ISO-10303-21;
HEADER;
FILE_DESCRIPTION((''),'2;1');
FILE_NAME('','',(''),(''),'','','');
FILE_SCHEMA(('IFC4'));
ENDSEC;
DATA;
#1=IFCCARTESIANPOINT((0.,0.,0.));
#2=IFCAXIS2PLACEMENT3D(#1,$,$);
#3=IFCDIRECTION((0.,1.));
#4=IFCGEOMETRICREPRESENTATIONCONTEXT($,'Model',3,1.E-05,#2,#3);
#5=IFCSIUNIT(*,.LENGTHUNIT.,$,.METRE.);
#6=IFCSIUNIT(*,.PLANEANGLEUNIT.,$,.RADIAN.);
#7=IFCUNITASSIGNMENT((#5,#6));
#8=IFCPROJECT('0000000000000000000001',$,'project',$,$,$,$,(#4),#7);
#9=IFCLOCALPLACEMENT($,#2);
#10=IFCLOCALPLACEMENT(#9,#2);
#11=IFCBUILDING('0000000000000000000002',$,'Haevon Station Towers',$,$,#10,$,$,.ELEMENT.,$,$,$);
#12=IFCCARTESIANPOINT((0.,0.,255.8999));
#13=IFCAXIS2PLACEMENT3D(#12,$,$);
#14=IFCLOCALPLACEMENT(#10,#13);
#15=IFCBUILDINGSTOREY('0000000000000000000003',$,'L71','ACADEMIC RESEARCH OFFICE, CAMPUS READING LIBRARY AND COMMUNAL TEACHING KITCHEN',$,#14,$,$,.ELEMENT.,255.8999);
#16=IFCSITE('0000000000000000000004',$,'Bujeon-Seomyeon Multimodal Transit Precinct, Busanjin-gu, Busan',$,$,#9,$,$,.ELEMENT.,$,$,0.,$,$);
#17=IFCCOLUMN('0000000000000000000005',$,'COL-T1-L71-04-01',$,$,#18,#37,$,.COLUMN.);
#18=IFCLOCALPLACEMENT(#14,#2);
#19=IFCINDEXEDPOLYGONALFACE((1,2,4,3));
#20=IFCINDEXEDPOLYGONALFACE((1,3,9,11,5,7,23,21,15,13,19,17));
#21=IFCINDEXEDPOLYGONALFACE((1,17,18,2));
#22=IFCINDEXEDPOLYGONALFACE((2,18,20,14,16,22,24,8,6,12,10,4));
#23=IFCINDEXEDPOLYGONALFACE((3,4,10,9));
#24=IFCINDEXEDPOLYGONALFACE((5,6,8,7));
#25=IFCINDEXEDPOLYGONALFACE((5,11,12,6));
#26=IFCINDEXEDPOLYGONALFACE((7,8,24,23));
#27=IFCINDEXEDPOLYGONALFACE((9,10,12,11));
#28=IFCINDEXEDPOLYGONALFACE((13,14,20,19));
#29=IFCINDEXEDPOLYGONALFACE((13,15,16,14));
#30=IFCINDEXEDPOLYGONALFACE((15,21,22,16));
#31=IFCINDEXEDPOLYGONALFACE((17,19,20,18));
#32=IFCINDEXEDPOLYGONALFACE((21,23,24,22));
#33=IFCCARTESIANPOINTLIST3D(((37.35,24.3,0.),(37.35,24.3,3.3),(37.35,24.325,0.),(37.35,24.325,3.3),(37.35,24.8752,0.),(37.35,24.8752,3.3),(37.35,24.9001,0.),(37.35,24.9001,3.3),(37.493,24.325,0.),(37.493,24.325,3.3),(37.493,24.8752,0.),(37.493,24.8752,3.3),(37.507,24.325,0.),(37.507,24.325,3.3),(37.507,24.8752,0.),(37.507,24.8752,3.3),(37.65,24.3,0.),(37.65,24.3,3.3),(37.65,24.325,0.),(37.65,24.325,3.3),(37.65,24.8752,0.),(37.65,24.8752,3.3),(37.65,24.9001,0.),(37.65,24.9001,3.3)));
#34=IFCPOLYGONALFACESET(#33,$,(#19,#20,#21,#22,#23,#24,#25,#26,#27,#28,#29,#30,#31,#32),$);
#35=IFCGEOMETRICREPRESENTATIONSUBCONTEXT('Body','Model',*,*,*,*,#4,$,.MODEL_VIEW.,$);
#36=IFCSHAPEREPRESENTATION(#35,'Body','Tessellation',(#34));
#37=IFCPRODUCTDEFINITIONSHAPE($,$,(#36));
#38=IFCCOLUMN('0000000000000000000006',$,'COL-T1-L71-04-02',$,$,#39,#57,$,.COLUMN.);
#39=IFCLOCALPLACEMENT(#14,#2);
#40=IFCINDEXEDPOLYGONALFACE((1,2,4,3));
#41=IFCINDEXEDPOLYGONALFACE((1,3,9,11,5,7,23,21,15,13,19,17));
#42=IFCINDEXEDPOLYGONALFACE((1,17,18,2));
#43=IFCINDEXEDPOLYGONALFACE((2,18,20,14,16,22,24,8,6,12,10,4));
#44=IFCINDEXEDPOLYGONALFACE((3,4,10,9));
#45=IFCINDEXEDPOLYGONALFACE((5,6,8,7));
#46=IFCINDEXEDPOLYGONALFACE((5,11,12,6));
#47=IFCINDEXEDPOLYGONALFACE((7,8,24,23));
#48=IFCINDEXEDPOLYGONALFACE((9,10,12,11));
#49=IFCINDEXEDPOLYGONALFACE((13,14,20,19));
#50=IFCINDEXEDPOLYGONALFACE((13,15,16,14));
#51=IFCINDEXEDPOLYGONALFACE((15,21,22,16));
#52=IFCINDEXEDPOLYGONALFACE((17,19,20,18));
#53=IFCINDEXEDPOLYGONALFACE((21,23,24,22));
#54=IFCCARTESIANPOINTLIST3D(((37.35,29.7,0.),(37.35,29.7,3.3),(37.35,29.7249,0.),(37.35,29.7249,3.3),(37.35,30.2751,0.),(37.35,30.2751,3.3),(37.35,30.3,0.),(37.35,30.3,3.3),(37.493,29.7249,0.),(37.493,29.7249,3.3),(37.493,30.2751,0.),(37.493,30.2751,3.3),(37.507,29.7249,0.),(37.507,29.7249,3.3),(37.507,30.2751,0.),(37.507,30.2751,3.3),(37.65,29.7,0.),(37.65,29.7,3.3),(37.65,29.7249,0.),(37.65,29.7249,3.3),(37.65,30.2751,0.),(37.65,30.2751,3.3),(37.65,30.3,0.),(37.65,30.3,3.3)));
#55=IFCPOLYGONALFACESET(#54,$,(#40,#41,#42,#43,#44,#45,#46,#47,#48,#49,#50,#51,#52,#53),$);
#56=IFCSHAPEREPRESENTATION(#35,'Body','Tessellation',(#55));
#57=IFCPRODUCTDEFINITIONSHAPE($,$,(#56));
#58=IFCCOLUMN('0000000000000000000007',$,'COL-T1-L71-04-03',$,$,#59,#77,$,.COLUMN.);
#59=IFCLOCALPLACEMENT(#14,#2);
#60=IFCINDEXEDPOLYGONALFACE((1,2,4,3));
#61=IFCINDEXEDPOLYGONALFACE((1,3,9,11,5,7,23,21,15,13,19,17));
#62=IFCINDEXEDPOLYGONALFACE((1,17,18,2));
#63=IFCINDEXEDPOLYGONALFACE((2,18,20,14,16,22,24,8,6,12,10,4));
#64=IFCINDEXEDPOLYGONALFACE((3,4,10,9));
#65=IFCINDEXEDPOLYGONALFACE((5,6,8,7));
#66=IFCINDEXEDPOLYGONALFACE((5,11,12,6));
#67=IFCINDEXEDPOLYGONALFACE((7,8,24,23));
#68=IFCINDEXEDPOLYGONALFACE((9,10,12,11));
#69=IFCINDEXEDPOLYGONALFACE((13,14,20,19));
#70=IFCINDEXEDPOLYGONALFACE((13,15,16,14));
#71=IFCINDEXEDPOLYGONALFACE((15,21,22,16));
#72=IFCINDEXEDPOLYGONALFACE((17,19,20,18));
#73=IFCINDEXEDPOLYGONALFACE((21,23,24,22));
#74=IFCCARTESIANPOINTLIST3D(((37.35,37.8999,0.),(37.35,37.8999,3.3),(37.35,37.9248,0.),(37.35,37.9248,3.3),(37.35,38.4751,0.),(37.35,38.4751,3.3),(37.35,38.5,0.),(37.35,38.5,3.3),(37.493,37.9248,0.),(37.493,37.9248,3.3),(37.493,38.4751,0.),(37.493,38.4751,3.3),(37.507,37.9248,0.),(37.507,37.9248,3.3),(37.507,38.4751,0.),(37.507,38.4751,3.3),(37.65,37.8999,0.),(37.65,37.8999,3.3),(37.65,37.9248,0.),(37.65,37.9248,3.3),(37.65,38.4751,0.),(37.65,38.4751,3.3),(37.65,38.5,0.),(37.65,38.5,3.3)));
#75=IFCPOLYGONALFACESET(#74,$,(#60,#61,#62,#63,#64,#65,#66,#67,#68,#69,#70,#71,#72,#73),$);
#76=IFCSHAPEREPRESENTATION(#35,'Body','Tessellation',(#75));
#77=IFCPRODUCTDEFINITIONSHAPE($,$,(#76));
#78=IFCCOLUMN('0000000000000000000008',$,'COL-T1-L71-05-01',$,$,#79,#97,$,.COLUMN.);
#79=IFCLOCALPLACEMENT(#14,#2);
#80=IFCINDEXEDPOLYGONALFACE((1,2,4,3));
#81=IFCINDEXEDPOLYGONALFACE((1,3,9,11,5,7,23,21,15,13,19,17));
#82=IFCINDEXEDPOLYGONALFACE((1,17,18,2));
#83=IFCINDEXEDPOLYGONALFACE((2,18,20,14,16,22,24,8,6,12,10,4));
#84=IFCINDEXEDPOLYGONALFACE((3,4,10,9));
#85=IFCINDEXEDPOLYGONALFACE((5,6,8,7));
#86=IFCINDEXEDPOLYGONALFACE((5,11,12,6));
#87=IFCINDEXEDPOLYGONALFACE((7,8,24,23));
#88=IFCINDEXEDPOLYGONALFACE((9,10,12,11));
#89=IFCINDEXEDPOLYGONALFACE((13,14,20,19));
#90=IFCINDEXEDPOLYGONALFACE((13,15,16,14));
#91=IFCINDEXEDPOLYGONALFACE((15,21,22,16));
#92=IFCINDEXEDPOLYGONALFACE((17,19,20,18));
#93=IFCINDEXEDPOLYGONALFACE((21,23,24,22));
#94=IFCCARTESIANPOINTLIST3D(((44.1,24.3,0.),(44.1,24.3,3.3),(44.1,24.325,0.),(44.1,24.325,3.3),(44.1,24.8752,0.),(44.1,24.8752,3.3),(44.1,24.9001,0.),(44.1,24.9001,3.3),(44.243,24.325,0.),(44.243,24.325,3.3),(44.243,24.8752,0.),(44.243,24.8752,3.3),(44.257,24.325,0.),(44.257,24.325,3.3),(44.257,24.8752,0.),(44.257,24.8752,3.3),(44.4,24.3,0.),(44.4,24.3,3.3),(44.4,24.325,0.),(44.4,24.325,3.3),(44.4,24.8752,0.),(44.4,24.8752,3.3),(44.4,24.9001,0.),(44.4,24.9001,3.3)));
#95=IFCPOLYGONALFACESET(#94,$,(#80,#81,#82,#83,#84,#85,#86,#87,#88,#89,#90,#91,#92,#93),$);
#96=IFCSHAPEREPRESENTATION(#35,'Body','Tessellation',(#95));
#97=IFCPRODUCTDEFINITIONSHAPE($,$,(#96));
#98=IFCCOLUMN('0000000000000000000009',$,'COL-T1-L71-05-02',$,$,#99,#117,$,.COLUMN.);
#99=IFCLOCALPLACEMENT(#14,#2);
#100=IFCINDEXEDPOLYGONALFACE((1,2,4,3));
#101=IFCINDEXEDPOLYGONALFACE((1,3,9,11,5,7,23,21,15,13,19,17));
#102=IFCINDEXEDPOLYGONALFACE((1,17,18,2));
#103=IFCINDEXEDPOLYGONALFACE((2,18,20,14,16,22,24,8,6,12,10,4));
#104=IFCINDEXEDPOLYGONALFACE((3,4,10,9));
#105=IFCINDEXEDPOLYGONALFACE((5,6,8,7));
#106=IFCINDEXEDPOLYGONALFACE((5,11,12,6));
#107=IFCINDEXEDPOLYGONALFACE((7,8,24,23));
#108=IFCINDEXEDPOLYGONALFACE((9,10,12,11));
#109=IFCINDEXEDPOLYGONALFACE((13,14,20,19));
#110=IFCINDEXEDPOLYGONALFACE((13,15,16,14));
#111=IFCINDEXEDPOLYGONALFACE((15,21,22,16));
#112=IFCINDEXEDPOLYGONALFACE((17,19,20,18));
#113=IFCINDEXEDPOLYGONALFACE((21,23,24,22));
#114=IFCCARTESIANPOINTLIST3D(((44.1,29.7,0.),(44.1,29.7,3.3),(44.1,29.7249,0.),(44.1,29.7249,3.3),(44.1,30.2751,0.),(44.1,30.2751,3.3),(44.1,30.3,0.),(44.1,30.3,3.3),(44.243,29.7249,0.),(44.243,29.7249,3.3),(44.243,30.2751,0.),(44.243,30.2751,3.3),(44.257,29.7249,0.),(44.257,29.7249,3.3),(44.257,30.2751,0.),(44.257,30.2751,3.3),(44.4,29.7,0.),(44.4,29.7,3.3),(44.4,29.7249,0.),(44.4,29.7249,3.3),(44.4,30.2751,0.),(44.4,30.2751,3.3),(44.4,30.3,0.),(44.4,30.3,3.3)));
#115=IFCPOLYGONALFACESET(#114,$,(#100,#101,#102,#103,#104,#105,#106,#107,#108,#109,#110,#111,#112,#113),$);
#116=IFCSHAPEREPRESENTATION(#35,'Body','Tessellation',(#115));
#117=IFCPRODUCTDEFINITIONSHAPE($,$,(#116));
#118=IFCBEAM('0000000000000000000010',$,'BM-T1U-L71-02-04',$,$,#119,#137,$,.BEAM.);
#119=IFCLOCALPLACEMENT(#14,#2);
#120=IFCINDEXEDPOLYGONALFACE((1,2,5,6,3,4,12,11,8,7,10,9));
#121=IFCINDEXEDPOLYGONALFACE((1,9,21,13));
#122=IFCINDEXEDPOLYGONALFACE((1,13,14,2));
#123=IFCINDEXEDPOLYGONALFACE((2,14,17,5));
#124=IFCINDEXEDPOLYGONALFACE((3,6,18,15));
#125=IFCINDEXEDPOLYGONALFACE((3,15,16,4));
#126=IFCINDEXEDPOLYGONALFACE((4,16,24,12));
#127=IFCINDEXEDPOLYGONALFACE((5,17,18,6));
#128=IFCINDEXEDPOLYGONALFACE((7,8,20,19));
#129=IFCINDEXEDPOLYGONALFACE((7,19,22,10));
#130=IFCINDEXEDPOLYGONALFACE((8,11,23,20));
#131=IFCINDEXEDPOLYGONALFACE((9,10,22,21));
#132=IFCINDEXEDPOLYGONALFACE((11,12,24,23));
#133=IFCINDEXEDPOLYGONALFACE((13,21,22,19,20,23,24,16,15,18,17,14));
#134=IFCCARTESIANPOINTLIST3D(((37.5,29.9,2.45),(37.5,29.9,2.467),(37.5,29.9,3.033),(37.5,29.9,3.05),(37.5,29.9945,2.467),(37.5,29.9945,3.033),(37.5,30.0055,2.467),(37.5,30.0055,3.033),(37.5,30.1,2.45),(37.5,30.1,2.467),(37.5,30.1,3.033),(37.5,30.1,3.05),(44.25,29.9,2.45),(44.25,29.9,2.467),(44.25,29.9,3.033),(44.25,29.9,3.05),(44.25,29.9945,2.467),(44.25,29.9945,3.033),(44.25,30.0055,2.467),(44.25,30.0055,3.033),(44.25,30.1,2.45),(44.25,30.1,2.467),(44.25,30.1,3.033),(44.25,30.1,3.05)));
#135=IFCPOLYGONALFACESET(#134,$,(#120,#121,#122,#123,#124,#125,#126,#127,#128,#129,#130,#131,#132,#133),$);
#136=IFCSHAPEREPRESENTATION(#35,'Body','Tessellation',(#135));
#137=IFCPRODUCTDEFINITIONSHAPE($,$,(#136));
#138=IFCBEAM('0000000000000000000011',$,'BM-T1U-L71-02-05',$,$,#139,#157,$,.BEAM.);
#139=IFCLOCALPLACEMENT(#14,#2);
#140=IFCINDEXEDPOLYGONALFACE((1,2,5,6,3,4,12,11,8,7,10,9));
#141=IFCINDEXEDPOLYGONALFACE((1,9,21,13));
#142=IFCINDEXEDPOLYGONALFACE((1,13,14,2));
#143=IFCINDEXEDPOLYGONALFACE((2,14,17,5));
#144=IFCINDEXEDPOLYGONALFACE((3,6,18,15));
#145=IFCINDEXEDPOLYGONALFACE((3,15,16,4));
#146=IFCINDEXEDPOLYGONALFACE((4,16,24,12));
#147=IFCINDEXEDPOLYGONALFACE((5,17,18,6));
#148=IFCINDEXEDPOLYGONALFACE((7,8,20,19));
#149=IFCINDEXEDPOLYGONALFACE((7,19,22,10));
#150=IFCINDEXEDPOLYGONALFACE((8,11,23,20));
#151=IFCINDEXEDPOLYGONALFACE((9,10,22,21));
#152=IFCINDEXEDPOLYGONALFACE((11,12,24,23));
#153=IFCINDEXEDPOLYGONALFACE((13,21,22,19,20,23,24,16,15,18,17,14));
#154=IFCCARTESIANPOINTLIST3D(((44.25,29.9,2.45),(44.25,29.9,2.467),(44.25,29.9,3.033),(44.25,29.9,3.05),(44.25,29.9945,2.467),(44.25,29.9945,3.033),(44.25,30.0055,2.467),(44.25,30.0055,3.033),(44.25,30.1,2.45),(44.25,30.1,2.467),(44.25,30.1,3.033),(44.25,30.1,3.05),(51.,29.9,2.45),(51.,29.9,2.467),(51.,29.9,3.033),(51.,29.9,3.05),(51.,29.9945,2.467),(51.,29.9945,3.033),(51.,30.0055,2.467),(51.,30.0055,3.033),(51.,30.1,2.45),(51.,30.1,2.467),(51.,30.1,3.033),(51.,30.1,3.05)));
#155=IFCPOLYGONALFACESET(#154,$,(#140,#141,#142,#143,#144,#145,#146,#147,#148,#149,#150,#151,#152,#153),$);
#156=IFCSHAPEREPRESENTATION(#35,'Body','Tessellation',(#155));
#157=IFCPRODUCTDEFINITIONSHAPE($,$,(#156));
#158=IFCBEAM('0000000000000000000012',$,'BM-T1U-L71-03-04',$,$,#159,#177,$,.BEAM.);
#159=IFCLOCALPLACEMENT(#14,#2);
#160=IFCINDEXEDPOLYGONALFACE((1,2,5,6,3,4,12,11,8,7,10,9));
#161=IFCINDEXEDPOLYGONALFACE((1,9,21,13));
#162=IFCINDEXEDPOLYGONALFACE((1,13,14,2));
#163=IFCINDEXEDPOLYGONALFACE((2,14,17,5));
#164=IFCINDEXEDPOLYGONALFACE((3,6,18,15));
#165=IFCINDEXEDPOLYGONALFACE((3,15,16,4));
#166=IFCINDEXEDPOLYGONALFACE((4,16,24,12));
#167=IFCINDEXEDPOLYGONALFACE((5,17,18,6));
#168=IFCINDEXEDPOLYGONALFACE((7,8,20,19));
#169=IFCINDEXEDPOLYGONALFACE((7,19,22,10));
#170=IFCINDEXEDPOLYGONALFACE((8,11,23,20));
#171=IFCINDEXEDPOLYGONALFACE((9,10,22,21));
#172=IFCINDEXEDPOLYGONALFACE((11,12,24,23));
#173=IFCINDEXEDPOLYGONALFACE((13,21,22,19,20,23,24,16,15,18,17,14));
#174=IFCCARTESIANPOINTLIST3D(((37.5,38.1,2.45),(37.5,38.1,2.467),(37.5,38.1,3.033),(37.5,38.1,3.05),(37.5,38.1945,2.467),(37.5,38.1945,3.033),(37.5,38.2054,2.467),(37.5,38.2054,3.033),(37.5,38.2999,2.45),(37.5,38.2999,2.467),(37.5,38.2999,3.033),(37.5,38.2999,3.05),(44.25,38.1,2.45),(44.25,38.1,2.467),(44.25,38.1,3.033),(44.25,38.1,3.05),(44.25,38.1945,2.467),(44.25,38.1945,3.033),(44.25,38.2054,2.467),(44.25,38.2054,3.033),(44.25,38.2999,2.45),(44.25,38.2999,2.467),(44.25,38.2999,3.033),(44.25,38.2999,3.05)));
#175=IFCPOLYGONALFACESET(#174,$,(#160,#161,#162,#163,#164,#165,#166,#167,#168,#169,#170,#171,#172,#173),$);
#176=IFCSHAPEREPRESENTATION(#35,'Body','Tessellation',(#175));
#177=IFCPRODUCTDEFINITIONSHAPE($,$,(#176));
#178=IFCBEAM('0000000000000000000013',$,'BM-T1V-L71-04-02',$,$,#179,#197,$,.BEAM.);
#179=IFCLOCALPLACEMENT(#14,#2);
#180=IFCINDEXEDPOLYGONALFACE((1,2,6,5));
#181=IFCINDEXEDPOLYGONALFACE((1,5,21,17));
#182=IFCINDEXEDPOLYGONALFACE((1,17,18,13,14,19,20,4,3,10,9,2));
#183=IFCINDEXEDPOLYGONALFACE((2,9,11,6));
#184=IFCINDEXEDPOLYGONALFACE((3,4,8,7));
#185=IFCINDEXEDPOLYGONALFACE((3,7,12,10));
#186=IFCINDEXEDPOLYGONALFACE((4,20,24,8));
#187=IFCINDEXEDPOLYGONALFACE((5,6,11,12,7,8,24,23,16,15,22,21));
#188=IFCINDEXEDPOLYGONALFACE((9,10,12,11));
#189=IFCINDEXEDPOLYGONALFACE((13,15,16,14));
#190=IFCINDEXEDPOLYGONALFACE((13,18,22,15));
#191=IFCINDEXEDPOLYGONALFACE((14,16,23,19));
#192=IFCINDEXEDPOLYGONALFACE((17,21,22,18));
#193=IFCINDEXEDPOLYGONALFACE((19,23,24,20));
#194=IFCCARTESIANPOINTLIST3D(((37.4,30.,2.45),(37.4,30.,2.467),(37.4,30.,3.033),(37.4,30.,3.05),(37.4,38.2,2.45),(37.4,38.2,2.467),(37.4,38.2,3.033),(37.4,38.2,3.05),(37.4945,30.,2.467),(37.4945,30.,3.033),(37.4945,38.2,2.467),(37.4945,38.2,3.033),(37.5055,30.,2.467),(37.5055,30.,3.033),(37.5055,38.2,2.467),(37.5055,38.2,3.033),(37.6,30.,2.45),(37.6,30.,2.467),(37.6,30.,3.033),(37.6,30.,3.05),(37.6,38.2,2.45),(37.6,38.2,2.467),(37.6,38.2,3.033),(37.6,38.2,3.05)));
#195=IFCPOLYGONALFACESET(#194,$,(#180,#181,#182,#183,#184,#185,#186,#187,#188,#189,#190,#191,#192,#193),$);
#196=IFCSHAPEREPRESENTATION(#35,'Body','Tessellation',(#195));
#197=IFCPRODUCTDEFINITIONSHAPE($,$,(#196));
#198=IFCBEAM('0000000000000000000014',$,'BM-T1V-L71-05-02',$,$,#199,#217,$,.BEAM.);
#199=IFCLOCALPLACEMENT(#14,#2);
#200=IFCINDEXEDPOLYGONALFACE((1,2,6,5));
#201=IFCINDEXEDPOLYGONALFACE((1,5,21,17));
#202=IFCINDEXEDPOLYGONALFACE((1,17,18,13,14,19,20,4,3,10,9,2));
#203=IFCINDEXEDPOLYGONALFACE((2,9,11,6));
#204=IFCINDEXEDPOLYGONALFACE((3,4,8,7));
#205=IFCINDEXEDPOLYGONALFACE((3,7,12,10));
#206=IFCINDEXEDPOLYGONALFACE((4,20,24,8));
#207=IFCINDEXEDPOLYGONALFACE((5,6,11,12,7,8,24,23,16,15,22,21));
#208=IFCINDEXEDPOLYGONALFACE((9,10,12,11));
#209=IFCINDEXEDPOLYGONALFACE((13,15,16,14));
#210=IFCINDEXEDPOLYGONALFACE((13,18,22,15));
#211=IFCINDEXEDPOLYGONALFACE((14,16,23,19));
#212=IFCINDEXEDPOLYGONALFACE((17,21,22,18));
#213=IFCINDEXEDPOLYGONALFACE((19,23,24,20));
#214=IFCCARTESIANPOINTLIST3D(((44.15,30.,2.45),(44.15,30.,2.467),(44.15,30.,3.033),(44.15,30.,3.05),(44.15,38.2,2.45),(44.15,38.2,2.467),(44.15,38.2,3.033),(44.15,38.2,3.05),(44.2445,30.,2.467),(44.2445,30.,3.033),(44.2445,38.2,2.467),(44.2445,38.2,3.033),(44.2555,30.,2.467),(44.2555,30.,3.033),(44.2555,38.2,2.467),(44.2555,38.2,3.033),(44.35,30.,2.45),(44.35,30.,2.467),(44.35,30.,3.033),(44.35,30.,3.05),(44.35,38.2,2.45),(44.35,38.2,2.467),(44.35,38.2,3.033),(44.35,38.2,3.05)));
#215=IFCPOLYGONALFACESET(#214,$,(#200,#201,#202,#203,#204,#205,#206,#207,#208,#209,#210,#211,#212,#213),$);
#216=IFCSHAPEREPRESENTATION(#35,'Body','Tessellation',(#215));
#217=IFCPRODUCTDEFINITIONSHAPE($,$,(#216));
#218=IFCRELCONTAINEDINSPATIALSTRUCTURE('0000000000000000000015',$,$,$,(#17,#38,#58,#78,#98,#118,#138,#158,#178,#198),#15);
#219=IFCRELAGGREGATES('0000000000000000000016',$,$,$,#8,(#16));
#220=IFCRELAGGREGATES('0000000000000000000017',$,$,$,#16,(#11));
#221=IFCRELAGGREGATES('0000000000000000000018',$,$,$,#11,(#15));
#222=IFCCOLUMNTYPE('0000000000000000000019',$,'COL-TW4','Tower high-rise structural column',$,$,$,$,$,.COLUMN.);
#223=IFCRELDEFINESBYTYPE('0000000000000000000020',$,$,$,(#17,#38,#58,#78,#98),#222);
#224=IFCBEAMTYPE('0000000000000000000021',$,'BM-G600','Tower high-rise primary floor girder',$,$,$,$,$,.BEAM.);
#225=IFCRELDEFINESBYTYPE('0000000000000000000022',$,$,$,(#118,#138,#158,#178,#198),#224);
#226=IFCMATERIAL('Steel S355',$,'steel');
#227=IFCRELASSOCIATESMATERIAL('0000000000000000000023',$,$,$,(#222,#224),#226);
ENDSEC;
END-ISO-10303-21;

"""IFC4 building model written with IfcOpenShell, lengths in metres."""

from ifc_helpers import new_model, si_unit, direction, frame, origin, origin_2d, place, context, subcontext, project, spatial, i_section, extrude, material, material_profile, profile_set, type_object, element, save


model = new_model("IFC4")

# Units and contexts
model_context = context("Model", 3, precision=1e-05, world=origin(), true_north=direction((0.0, 1.0)))
body_context = subcontext(model_context, "Body", "Model", "MODEL_VIEW")
ifc_project = project(units=[si_unit("LENGTHUNIT", "METRE"), si_unit("PLANEANGLEUNIT", "RADIAN")], contexts=[model_context])

# Site, building, storey
site_placement = place(None, origin())
site = spatial("IfcSite", under=ifc_project, at=site_placement, Name="Bujeon-Seomyeon Multimodal Transit Precinct, Busanjin-gu, Busan", CompositionType="ELEMENT", RefElevation=0.0)
building_placement = place(site_placement, origin())
building = spatial("IfcBuilding", under=site, at=building_placement, Name="Haevon Station Towers", CompositionType="ELEMENT")
storey_placement = place(building_placement, frame((0.0, 0.0, 255.8999)))
storey = spatial("IfcBuildingStorey", under=building, at=storey_placement, Name="L71", Description="ACADEMIC RESEARCH OFFICE, CAMPUS READING LIBRARY AND COMMUNAL TEACHING KITCHEN", CompositionType="ELEMENT", Elevation=255.8999)

# Columns
ifc_material_1 = material(Name="Steel S355", Category="steel")
ifc_material_profile_1 = material_profile(ifc_material_1, i_section(OverallWidth=0.3, OverallDepth=0.6001, WebThickness=0.0139, FlangeThickness=0.0249, at=origin_2d()), Name="H-600x300x14x25")
ifc_profile_set_1 = profile_set([ifc_material_profile_1], Name="Steel S355")
column_type = type_object("IfcColumnType", Name="COL-TW4", Description="Tower high-rise structural column", PredefinedType="COLUMN", material=ifc_profile_set_1)
for number, where, z_axis, x_axis, name in (
    (1, (37.5, 24.6001, 0.0), (0.0, 0.0, 1.0), (1.0, 0.0, 0.0), "COL-T1-L71-04-01"),
    (2, (37.5, 30.0, 0.0), (0.0, 0.0, 1.0), (1.0, 0.0, 0.0), "COL-T1-L71-04-02"),
    (3, (37.5, 38.2, 0.0), (0.0, 0.0, 1.0), (1.0, 0.0, 0.0), "COL-T1-L71-04-03"),
    (4, (44.25, 24.6001, 0.0), (0.0, 0.0, 1.0), (1.0, 0.0, 0.0), "COL-T1-L71-05-01"),
    (5, (44.25, 30.0, 0.0), (0.0, 0.0, 1.0), (1.0, 0.0, 0.0), "COL-T1-L71-05-02"),
):
    element("IfcColumn", number, at=place(storey_placement, frame(where, z_axis=z_axis, x_axis=x_axis)), inside=storey, type_object=column_type, Name=name, PredefinedType="COLUMN", context=body_context, shape_type="SweptSolid", body=[
        extrude(i_section(OverallWidth=0.3, OverallDepth=0.6001, WebThickness=0.0139, FlangeThickness=0.0249, at=origin_2d()), origin(), (0.0, 0.0, 1.0), 3.3),
    ])

# Beams
ifc_material_profile_2 = material_profile(ifc_material_1, i_section(OverallWidth=0.2, OverallDepth=0.6001, WebThickness=0.011, FlangeThickness=0.0171, at=origin_2d()), Name="H-600x200x11x17")
ifc_profile_set_2 = profile_set([ifc_material_profile_2], Name="Steel S355")
beam_type_1 = type_object("IfcBeamType", Name="BM-G600", Description="Tower high-rise primary floor girder", PredefinedType="BEAM", material=ifc_profile_set_2)
for number, where, z_axis, x_axis, name in (
    (6, (37.5, 30.0, 2.75), (1.0, 0.0, 0.0), (0.0, 1.0, 0.0), "BM-T1U-L71-02-04"),
    (7, (44.25, 30.0, 2.75), (1.0, 0.0, 0.0), (0.0, 1.0, 0.0), "BM-T1U-L71-02-05"),
    (8, (37.5, 38.2, 2.75), (1.0, 0.0, 0.0), (0.0, 1.0, 0.0), "BM-T1U-L71-03-04"),
):
    element("IfcBeam", number, at=place(storey_placement, frame(where, z_axis=z_axis, x_axis=x_axis)), inside=storey, type_object=beam_type_1, Name=name, PredefinedType="BEAM", context=body_context, shape_type="SweptSolid", body=[
        extrude(i_section(OverallWidth=0.2, OverallDepth=0.6001, WebThickness=0.011, FlangeThickness=0.0171, at=origin_2d()), origin(), (0.0, 0.0, 1.0), 6.75),
    ])
for number, where, z_axis, x_axis, name in (
    (9, (37.5, 30.0, 2.75), (0.0, 1.0, 0.0), (-1.0, 0.0, 0.0), "BM-T1V-L71-04-02"),
    (10, (44.25, 30.0, 2.75), (0.0, 1.0, 0.0), (-1.0, 0.0, 0.0), "BM-T1V-L71-05-02"),
):
    element("IfcBeam", number, at=place(storey_placement, frame(where, z_axis=z_axis, x_axis=x_axis)), inside=storey, type_object=beam_type_1, Name=name, PredefinedType="BEAM", context=body_context, shape_type="SweptSolid", body=[
        extrude(i_section(OverallWidth=0.2, OverallDepth=0.6001, WebThickness=0.011, FlangeThickness=0.0171, at=origin_2d()), origin(), (0.0, 0.0, 1.0), 8.2),
    ])

save(model, "model.ifc")
